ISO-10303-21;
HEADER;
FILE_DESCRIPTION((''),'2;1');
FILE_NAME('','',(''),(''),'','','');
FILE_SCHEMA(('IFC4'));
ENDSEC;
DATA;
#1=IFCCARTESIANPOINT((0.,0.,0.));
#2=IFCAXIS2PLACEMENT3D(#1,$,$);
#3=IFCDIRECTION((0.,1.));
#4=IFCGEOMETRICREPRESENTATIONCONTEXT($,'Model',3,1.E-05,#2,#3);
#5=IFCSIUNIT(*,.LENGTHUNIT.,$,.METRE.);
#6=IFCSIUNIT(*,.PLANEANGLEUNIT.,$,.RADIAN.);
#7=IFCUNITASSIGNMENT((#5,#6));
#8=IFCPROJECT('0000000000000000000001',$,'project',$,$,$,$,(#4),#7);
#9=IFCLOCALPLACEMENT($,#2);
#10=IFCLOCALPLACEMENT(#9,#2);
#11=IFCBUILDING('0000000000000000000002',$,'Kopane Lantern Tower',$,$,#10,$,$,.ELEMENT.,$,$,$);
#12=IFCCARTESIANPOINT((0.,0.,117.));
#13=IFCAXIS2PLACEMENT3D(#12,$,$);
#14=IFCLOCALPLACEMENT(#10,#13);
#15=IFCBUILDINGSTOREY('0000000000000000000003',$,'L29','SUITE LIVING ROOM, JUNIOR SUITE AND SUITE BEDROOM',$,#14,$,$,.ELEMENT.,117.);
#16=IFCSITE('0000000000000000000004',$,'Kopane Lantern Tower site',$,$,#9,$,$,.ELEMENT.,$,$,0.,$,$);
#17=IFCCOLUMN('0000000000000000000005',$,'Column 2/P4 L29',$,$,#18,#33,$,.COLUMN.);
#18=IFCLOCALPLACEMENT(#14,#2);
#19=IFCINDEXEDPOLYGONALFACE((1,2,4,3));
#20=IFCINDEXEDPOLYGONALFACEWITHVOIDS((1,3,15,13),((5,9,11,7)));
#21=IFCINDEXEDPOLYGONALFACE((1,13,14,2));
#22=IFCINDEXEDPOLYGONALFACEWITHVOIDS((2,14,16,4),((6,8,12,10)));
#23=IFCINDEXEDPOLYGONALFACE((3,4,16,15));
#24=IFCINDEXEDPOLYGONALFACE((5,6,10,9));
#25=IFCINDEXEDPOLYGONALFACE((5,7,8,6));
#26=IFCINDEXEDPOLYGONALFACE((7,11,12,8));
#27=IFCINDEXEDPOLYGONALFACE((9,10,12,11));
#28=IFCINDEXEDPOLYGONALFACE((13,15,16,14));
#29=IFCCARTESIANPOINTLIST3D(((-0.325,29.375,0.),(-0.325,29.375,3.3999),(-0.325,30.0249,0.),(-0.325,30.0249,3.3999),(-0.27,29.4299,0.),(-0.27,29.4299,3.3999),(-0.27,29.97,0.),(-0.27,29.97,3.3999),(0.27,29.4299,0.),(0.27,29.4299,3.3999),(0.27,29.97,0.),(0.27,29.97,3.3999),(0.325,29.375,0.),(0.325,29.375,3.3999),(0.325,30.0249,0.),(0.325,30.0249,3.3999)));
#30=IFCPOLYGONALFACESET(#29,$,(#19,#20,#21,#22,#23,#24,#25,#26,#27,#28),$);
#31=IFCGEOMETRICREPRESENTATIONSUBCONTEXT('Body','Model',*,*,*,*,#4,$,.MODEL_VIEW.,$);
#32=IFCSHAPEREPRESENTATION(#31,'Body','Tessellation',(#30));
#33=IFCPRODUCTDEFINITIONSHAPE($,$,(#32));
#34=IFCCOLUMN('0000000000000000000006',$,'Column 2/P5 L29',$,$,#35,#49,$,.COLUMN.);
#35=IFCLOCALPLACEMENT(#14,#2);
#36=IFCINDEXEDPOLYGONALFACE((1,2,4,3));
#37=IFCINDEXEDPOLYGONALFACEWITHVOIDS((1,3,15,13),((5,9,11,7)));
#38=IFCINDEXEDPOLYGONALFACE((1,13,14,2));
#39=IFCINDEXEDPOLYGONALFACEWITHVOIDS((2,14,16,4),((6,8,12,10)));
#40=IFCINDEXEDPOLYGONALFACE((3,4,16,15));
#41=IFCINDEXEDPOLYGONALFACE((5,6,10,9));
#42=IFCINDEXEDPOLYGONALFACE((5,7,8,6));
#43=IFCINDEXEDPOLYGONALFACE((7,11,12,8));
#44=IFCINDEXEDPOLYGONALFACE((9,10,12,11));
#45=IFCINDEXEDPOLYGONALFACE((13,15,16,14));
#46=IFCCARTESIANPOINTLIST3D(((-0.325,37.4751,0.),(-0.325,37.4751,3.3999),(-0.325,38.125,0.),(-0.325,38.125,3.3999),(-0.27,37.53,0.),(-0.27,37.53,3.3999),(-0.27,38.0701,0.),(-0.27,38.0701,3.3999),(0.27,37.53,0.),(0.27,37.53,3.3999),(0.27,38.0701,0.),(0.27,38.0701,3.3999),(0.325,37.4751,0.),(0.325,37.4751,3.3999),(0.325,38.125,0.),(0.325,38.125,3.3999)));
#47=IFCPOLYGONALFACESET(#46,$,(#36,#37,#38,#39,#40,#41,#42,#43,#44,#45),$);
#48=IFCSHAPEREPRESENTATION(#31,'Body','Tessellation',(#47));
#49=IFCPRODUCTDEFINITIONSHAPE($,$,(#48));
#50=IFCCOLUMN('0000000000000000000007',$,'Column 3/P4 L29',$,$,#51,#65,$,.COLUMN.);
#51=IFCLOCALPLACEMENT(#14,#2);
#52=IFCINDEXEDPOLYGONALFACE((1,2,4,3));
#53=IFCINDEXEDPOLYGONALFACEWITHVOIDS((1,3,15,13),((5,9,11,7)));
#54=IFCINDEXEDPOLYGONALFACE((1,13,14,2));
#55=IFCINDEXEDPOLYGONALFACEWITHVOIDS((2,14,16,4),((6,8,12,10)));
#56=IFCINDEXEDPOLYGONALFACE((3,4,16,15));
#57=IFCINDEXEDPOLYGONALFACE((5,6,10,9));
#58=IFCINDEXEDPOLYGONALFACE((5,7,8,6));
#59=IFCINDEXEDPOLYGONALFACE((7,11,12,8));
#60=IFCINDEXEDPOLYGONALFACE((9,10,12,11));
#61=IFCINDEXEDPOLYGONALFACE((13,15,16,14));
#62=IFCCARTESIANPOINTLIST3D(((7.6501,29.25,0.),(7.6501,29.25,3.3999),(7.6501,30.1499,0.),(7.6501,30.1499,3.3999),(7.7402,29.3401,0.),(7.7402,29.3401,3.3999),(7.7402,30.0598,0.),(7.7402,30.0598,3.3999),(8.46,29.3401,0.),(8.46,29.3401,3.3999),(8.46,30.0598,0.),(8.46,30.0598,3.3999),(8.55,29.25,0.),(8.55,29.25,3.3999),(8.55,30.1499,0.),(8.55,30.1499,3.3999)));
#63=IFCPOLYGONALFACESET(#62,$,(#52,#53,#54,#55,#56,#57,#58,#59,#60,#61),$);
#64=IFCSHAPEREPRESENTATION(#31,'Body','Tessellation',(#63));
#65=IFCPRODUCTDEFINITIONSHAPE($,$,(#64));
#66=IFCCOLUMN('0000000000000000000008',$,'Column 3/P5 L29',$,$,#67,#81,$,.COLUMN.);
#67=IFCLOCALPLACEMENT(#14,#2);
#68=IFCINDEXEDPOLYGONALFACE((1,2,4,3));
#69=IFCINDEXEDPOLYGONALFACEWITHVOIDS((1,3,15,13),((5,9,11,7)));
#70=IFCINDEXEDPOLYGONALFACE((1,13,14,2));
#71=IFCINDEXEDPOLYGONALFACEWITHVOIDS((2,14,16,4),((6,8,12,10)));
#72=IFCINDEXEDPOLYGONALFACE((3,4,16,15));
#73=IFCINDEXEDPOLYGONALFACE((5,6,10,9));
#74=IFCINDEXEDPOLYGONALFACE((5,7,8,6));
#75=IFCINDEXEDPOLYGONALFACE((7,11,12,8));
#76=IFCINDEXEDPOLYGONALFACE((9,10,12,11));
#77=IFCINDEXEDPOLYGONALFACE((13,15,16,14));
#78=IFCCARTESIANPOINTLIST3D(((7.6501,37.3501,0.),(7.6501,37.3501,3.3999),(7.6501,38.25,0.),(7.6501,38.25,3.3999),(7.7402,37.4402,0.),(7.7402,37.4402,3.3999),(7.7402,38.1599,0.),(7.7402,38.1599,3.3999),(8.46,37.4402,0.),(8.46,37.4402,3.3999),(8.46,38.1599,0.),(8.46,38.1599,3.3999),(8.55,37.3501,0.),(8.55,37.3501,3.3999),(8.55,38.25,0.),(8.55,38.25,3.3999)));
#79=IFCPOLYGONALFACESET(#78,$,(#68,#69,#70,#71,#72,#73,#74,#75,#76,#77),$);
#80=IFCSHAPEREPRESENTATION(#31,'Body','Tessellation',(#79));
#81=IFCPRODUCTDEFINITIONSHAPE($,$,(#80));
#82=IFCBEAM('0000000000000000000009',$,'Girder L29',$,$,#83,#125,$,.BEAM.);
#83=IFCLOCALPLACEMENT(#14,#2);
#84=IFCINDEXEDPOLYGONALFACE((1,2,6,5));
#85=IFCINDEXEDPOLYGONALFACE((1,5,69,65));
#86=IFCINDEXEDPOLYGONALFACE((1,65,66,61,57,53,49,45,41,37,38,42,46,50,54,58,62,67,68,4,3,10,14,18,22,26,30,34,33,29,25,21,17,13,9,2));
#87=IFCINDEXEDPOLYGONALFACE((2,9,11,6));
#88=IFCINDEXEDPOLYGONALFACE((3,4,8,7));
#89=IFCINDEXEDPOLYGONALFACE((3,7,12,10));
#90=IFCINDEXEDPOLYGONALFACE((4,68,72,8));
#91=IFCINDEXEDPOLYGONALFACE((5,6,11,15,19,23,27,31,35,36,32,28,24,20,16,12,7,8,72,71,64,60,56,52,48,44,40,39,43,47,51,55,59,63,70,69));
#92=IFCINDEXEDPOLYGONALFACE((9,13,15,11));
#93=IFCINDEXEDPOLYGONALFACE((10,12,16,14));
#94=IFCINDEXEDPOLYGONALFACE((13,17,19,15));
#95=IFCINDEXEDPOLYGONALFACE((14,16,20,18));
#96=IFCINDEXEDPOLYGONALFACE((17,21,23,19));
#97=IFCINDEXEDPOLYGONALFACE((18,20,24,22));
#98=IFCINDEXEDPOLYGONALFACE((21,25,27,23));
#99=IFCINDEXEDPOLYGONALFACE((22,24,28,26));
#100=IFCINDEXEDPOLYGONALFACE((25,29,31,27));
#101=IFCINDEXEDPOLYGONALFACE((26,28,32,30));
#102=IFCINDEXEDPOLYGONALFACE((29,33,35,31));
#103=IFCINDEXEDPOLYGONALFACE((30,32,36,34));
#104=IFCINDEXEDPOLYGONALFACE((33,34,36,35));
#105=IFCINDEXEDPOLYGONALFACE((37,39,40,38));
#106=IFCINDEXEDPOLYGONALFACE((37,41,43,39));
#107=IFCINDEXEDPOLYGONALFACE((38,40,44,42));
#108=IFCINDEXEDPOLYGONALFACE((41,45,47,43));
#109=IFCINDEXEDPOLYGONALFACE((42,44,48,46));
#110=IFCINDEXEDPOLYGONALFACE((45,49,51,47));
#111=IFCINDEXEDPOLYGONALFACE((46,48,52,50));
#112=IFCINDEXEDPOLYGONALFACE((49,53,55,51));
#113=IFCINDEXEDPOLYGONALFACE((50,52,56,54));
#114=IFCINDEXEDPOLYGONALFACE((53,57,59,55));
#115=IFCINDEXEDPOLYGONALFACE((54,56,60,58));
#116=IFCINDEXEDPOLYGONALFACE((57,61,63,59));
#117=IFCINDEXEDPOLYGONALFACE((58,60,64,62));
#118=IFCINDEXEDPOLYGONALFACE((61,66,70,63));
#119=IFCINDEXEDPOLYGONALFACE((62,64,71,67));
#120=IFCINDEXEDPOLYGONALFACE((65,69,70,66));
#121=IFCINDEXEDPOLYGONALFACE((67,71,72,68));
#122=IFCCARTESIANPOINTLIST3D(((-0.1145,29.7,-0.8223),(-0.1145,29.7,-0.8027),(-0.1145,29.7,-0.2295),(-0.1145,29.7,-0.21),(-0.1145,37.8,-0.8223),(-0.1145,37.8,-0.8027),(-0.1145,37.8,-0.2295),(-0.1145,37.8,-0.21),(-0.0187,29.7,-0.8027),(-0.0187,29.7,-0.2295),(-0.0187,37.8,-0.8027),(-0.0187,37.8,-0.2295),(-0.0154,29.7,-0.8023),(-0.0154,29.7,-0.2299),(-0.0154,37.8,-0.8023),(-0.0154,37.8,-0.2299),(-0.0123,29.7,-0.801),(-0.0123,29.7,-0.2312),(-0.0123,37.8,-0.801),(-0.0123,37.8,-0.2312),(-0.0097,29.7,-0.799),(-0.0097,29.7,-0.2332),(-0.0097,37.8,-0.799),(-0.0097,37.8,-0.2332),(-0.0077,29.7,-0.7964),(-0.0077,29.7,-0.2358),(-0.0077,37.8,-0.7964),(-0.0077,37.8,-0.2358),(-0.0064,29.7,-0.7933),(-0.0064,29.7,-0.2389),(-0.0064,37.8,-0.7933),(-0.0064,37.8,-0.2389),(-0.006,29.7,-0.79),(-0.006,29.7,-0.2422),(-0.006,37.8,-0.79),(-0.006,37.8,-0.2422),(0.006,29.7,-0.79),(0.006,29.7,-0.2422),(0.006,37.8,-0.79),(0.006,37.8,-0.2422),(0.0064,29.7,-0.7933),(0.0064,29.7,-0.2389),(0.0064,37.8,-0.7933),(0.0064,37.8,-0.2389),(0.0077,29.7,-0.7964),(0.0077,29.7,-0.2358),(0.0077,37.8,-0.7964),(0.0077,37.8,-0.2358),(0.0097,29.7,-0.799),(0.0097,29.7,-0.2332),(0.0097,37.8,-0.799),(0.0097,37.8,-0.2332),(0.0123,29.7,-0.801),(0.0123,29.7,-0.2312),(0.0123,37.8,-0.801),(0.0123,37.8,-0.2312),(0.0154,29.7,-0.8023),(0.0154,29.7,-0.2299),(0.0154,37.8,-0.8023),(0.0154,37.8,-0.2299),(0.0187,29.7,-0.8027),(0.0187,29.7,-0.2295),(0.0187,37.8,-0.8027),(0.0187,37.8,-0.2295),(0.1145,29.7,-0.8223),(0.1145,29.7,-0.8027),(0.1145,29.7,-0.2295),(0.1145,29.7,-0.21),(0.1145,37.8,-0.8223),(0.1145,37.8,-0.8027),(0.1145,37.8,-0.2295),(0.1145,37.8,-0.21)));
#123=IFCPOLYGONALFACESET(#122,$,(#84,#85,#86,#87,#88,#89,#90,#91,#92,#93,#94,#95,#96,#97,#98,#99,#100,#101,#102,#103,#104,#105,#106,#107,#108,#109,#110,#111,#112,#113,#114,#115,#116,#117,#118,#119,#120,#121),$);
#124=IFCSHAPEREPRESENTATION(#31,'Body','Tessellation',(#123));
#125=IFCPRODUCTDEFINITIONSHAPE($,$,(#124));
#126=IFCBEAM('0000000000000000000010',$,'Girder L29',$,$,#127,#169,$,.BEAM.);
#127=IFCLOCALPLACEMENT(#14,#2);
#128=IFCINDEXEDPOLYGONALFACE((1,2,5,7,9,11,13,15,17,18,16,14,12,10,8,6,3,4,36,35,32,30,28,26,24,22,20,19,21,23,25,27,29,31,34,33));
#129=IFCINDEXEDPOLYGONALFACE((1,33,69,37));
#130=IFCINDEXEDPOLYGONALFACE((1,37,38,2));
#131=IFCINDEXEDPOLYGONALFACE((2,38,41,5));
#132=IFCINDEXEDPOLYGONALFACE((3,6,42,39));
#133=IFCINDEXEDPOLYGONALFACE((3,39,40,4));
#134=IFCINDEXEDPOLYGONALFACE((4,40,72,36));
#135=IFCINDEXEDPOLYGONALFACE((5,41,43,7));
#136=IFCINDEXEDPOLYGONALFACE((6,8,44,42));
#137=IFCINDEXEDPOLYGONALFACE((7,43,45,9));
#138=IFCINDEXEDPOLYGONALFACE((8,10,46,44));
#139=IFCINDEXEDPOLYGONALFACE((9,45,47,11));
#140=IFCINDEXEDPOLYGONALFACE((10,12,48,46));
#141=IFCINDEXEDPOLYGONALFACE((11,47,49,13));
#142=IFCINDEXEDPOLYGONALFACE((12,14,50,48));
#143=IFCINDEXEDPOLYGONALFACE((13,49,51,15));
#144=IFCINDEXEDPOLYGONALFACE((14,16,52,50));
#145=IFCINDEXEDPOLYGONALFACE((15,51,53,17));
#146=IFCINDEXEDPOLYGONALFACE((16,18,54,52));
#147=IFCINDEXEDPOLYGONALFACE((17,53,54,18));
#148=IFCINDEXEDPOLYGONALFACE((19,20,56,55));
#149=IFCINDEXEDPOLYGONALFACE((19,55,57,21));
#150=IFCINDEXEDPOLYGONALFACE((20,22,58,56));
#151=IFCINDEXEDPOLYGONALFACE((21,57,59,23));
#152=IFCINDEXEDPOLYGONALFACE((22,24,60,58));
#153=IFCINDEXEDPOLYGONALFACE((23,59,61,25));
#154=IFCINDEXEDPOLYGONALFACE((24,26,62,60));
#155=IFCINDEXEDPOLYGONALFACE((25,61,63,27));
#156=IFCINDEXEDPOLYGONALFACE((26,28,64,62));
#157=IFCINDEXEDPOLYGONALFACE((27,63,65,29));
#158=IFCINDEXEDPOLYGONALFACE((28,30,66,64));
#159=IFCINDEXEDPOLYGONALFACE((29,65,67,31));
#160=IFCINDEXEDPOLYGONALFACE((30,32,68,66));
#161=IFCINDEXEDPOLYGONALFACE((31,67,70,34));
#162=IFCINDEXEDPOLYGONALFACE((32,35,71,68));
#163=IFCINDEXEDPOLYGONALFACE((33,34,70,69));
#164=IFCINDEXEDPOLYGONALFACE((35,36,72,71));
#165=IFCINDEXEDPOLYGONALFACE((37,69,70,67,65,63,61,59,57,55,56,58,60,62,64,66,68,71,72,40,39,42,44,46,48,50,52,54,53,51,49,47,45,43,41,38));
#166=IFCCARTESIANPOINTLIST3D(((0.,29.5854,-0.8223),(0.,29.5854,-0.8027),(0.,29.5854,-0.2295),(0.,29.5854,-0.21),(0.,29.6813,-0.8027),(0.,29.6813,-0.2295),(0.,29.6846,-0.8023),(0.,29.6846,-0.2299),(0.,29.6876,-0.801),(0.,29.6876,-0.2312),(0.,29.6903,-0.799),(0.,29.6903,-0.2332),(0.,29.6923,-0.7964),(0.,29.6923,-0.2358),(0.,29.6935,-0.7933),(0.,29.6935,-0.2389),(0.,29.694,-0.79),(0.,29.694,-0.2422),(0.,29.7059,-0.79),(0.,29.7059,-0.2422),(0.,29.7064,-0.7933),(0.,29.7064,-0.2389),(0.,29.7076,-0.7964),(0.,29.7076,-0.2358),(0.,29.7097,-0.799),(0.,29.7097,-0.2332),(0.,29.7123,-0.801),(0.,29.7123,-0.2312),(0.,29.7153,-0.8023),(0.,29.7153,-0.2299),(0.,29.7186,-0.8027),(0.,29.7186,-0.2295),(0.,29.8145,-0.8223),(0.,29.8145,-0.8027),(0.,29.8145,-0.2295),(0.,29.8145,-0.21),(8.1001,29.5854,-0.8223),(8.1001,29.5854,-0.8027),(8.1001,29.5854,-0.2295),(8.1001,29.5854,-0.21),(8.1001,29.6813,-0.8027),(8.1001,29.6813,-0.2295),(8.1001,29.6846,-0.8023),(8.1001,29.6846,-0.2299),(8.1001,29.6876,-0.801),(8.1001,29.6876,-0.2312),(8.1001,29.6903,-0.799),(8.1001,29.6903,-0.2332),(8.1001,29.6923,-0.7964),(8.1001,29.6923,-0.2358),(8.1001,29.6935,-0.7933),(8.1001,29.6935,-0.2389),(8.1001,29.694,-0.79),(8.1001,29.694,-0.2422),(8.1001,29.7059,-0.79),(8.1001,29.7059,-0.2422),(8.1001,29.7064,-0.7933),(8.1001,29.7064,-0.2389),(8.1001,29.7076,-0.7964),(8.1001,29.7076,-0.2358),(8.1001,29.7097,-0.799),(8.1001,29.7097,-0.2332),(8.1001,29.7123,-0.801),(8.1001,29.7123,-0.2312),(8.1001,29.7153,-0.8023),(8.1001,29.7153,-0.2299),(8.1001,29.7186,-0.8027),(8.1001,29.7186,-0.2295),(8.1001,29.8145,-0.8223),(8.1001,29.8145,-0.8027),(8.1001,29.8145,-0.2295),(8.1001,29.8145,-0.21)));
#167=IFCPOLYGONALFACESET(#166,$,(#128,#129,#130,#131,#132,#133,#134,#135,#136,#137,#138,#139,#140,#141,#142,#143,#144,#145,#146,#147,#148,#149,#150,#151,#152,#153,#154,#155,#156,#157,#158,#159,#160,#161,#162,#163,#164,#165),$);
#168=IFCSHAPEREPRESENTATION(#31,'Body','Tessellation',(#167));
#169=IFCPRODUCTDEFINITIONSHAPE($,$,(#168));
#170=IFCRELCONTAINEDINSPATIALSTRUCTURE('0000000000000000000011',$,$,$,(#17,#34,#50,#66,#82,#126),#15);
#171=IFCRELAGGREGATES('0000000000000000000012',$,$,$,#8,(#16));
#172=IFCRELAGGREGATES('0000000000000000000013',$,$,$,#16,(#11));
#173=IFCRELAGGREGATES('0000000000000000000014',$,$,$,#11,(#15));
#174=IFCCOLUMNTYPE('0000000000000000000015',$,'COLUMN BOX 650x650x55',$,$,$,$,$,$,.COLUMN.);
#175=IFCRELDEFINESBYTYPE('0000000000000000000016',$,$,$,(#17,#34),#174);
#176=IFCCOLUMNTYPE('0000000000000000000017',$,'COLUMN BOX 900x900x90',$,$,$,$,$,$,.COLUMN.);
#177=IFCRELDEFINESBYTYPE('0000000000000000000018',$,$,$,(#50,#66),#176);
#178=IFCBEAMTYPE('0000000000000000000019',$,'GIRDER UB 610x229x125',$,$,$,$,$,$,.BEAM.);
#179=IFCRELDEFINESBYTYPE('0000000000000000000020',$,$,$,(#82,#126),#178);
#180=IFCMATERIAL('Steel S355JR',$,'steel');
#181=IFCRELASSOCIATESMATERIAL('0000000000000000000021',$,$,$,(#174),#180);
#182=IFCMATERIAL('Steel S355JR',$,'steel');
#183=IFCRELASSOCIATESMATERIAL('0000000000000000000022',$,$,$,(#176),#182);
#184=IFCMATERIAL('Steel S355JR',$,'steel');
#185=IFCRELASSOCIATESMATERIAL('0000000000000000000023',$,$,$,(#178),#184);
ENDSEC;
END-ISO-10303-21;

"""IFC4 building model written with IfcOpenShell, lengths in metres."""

from ifc_helpers import new_model, si_unit, direction, frame, origin, origin_2d, place, context, subcontext, project, spatial, hollow_rectangle, i_section, extrude, material, material_profile, profile_set, type_object, element, save


model = new_model("IFC4")

# Units and contexts
model_context = context("Model", 3, precision=1e-05, world=origin(), true_north=direction((0.0, 1.0)))
body_context = subcontext(model_context, "Body", "Model", "MODEL_VIEW")
ifc_project = project(units=[si_unit("LENGTHUNIT", "METRE"), si_unit("PLANEANGLEUNIT", "RADIAN")], contexts=[model_context])

# Site, building, storey
site_placement = place(None, origin())
site = spatial("IfcSite", under=ifc_project, at=site_placement, Name="Kopane Lantern Tower site", CompositionType="ELEMENT", RefElevation=0.0)
building_placement = place(site_placement, origin())
building = spatial("IfcBuilding", under=site, at=building_placement, Name="Kopane Lantern Tower", CompositionType="ELEMENT")
storey_placement = place(building_placement, frame((0.0, 0.0, 117.0)))
storey = spatial("IfcBuildingStorey", under=building, at=storey_placement, Name="L29", Description="SUITE LIVING ROOM, JUNIOR SUITE AND SUITE BEDROOM", CompositionType="ELEMENT", Elevation=117.0)

# Columns
ifc_material_1 = material(Name="Steel S355JR", Category="steel")
ifc_material_profile_1 = material_profile(ifc_material_1, hollow_rectangle(XDim=0.6499, YDim=0.6499, WallThickness=0.0549, at=origin_2d()), Name="BOX 650x650x55")
ifc_profile_set_1 = profile_set([ifc_material_profile_1], Name="Steel S355JR")
column_type_1 = type_object("IfcColumnType", Name="COLUMN BOX 650x650x55", PredefinedType="COLUMN", material=ifc_profile_set_1)
for number, where, z_axis, x_axis, name in (
    (1, (0.0, 29.7, 0.0), (0.0, 0.0, 1.0), (1.0, 0.0, 0.0), "Column 2/P4 L29"),
    (2, (0.0, 37.8, 0.0), (0.0, 0.0, 1.0), (1.0, 0.0, 0.0), "Column 2/P5 L29"),
):
    element("IfcColumn", number, at=place(storey_placement, frame(where, z_axis=z_axis, x_axis=x_axis)), inside=storey, type_object=column_type_1, Name=name, PredefinedType="COLUMN", context=body_context, shape_type="SweptSolid", body=[
        extrude(hollow_rectangle(XDim=0.6499, YDim=0.6499, WallThickness=0.0549, at=origin_2d()), origin(), (0.0, 0.0, 1.0), 3.3999),
    ])
ifc_material_2 = material(Name="Steel S355JR", Category="steel")
ifc_material_profile_2 = material_profile(ifc_material_2, hollow_rectangle(XDim=0.8999, YDim=0.8999, WallThickness=0.0901, at=origin_2d()), Name="BOX 900x900x90")
ifc_profile_set_2 = profile_set([ifc_material_profile_2], Name="Steel S355JR")
column_type_2 = type_object("IfcColumnType", Name="COLUMN BOX 900x900x90", PredefinedType="COLUMN", material=ifc_profile_set_2)
for number, where, z_axis, x_axis, name in (
    (3, (8.1001, 29.7, 0.0), (0.0, 0.0, 1.0), (1.0, 0.0, 0.0), "Column 3/P4 L29"),
    (4, (8.1001, 37.8, 0.0), (0.0, 0.0, 1.0), (1.0, 0.0, 0.0), "Column 3/P5 L29"),
):
    element("IfcColumn", number, at=place(storey_placement, frame(where, z_axis=z_axis, x_axis=x_axis)), inside=storey, type_object=column_type_2, Name=name, PredefinedType="COLUMN", context=body_context, shape_type="SweptSolid", body=[
        extrude(hollow_rectangle(XDim=0.8999, YDim=0.8999, WallThickness=0.0901, at=origin_2d()), origin(), (0.0, 0.0, 1.0), 3.3999),
    ])

# Beams
ifc_material_3 = material(Name="Steel S355JR", Category="steel")
ifc_material_profile_3 = material_profile(ifc_material_3, i_section(OverallWidth=0.229, OverallDepth=0.6123, WebThickness=0.012, FlangeThickness=0.0195, FilletRadius=0.0127, at=origin_2d()), Name="UB 610x229x125")
ifc_profile_set_3 = profile_set([ifc_material_profile_3], Name="Steel S355JR")
beam_type = type_object("IfcBeamType", Name="GIRDER UB 610x229x125", PredefinedType="BEAM", material=ifc_profile_set_3)
for number, where, z_axis, x_axis, name in (
    (5, (0.0, 29.7, -0.5161), (0.0, 1.0, 0.0), (-1.0, 0.0, 0.0), "Girder L29"),
    (6, (0.0, 29.7, -0.5161), (1.0, 0.0, 0.0), (0.0, 1.0, 0.0), "Girder L29"),
):
    element("IfcBeam", number, at=place(storey_placement, frame(where, z_axis=z_axis, x_axis=x_axis)), inside=storey, type_object=beam_type, Name=name, PredefinedType="BEAM", context=body_context, shape_type="SweptSolid", body=[
        extrude(i_section(OverallWidth=0.229, OverallDepth=0.6123, WebThickness=0.012, FlangeThickness=0.0195, FilletRadius=0.0127, at=origin_2d()), origin(), (0.0, 0.0, 1.0), 8.1001),
    ])

save(model, "model.ifc")
